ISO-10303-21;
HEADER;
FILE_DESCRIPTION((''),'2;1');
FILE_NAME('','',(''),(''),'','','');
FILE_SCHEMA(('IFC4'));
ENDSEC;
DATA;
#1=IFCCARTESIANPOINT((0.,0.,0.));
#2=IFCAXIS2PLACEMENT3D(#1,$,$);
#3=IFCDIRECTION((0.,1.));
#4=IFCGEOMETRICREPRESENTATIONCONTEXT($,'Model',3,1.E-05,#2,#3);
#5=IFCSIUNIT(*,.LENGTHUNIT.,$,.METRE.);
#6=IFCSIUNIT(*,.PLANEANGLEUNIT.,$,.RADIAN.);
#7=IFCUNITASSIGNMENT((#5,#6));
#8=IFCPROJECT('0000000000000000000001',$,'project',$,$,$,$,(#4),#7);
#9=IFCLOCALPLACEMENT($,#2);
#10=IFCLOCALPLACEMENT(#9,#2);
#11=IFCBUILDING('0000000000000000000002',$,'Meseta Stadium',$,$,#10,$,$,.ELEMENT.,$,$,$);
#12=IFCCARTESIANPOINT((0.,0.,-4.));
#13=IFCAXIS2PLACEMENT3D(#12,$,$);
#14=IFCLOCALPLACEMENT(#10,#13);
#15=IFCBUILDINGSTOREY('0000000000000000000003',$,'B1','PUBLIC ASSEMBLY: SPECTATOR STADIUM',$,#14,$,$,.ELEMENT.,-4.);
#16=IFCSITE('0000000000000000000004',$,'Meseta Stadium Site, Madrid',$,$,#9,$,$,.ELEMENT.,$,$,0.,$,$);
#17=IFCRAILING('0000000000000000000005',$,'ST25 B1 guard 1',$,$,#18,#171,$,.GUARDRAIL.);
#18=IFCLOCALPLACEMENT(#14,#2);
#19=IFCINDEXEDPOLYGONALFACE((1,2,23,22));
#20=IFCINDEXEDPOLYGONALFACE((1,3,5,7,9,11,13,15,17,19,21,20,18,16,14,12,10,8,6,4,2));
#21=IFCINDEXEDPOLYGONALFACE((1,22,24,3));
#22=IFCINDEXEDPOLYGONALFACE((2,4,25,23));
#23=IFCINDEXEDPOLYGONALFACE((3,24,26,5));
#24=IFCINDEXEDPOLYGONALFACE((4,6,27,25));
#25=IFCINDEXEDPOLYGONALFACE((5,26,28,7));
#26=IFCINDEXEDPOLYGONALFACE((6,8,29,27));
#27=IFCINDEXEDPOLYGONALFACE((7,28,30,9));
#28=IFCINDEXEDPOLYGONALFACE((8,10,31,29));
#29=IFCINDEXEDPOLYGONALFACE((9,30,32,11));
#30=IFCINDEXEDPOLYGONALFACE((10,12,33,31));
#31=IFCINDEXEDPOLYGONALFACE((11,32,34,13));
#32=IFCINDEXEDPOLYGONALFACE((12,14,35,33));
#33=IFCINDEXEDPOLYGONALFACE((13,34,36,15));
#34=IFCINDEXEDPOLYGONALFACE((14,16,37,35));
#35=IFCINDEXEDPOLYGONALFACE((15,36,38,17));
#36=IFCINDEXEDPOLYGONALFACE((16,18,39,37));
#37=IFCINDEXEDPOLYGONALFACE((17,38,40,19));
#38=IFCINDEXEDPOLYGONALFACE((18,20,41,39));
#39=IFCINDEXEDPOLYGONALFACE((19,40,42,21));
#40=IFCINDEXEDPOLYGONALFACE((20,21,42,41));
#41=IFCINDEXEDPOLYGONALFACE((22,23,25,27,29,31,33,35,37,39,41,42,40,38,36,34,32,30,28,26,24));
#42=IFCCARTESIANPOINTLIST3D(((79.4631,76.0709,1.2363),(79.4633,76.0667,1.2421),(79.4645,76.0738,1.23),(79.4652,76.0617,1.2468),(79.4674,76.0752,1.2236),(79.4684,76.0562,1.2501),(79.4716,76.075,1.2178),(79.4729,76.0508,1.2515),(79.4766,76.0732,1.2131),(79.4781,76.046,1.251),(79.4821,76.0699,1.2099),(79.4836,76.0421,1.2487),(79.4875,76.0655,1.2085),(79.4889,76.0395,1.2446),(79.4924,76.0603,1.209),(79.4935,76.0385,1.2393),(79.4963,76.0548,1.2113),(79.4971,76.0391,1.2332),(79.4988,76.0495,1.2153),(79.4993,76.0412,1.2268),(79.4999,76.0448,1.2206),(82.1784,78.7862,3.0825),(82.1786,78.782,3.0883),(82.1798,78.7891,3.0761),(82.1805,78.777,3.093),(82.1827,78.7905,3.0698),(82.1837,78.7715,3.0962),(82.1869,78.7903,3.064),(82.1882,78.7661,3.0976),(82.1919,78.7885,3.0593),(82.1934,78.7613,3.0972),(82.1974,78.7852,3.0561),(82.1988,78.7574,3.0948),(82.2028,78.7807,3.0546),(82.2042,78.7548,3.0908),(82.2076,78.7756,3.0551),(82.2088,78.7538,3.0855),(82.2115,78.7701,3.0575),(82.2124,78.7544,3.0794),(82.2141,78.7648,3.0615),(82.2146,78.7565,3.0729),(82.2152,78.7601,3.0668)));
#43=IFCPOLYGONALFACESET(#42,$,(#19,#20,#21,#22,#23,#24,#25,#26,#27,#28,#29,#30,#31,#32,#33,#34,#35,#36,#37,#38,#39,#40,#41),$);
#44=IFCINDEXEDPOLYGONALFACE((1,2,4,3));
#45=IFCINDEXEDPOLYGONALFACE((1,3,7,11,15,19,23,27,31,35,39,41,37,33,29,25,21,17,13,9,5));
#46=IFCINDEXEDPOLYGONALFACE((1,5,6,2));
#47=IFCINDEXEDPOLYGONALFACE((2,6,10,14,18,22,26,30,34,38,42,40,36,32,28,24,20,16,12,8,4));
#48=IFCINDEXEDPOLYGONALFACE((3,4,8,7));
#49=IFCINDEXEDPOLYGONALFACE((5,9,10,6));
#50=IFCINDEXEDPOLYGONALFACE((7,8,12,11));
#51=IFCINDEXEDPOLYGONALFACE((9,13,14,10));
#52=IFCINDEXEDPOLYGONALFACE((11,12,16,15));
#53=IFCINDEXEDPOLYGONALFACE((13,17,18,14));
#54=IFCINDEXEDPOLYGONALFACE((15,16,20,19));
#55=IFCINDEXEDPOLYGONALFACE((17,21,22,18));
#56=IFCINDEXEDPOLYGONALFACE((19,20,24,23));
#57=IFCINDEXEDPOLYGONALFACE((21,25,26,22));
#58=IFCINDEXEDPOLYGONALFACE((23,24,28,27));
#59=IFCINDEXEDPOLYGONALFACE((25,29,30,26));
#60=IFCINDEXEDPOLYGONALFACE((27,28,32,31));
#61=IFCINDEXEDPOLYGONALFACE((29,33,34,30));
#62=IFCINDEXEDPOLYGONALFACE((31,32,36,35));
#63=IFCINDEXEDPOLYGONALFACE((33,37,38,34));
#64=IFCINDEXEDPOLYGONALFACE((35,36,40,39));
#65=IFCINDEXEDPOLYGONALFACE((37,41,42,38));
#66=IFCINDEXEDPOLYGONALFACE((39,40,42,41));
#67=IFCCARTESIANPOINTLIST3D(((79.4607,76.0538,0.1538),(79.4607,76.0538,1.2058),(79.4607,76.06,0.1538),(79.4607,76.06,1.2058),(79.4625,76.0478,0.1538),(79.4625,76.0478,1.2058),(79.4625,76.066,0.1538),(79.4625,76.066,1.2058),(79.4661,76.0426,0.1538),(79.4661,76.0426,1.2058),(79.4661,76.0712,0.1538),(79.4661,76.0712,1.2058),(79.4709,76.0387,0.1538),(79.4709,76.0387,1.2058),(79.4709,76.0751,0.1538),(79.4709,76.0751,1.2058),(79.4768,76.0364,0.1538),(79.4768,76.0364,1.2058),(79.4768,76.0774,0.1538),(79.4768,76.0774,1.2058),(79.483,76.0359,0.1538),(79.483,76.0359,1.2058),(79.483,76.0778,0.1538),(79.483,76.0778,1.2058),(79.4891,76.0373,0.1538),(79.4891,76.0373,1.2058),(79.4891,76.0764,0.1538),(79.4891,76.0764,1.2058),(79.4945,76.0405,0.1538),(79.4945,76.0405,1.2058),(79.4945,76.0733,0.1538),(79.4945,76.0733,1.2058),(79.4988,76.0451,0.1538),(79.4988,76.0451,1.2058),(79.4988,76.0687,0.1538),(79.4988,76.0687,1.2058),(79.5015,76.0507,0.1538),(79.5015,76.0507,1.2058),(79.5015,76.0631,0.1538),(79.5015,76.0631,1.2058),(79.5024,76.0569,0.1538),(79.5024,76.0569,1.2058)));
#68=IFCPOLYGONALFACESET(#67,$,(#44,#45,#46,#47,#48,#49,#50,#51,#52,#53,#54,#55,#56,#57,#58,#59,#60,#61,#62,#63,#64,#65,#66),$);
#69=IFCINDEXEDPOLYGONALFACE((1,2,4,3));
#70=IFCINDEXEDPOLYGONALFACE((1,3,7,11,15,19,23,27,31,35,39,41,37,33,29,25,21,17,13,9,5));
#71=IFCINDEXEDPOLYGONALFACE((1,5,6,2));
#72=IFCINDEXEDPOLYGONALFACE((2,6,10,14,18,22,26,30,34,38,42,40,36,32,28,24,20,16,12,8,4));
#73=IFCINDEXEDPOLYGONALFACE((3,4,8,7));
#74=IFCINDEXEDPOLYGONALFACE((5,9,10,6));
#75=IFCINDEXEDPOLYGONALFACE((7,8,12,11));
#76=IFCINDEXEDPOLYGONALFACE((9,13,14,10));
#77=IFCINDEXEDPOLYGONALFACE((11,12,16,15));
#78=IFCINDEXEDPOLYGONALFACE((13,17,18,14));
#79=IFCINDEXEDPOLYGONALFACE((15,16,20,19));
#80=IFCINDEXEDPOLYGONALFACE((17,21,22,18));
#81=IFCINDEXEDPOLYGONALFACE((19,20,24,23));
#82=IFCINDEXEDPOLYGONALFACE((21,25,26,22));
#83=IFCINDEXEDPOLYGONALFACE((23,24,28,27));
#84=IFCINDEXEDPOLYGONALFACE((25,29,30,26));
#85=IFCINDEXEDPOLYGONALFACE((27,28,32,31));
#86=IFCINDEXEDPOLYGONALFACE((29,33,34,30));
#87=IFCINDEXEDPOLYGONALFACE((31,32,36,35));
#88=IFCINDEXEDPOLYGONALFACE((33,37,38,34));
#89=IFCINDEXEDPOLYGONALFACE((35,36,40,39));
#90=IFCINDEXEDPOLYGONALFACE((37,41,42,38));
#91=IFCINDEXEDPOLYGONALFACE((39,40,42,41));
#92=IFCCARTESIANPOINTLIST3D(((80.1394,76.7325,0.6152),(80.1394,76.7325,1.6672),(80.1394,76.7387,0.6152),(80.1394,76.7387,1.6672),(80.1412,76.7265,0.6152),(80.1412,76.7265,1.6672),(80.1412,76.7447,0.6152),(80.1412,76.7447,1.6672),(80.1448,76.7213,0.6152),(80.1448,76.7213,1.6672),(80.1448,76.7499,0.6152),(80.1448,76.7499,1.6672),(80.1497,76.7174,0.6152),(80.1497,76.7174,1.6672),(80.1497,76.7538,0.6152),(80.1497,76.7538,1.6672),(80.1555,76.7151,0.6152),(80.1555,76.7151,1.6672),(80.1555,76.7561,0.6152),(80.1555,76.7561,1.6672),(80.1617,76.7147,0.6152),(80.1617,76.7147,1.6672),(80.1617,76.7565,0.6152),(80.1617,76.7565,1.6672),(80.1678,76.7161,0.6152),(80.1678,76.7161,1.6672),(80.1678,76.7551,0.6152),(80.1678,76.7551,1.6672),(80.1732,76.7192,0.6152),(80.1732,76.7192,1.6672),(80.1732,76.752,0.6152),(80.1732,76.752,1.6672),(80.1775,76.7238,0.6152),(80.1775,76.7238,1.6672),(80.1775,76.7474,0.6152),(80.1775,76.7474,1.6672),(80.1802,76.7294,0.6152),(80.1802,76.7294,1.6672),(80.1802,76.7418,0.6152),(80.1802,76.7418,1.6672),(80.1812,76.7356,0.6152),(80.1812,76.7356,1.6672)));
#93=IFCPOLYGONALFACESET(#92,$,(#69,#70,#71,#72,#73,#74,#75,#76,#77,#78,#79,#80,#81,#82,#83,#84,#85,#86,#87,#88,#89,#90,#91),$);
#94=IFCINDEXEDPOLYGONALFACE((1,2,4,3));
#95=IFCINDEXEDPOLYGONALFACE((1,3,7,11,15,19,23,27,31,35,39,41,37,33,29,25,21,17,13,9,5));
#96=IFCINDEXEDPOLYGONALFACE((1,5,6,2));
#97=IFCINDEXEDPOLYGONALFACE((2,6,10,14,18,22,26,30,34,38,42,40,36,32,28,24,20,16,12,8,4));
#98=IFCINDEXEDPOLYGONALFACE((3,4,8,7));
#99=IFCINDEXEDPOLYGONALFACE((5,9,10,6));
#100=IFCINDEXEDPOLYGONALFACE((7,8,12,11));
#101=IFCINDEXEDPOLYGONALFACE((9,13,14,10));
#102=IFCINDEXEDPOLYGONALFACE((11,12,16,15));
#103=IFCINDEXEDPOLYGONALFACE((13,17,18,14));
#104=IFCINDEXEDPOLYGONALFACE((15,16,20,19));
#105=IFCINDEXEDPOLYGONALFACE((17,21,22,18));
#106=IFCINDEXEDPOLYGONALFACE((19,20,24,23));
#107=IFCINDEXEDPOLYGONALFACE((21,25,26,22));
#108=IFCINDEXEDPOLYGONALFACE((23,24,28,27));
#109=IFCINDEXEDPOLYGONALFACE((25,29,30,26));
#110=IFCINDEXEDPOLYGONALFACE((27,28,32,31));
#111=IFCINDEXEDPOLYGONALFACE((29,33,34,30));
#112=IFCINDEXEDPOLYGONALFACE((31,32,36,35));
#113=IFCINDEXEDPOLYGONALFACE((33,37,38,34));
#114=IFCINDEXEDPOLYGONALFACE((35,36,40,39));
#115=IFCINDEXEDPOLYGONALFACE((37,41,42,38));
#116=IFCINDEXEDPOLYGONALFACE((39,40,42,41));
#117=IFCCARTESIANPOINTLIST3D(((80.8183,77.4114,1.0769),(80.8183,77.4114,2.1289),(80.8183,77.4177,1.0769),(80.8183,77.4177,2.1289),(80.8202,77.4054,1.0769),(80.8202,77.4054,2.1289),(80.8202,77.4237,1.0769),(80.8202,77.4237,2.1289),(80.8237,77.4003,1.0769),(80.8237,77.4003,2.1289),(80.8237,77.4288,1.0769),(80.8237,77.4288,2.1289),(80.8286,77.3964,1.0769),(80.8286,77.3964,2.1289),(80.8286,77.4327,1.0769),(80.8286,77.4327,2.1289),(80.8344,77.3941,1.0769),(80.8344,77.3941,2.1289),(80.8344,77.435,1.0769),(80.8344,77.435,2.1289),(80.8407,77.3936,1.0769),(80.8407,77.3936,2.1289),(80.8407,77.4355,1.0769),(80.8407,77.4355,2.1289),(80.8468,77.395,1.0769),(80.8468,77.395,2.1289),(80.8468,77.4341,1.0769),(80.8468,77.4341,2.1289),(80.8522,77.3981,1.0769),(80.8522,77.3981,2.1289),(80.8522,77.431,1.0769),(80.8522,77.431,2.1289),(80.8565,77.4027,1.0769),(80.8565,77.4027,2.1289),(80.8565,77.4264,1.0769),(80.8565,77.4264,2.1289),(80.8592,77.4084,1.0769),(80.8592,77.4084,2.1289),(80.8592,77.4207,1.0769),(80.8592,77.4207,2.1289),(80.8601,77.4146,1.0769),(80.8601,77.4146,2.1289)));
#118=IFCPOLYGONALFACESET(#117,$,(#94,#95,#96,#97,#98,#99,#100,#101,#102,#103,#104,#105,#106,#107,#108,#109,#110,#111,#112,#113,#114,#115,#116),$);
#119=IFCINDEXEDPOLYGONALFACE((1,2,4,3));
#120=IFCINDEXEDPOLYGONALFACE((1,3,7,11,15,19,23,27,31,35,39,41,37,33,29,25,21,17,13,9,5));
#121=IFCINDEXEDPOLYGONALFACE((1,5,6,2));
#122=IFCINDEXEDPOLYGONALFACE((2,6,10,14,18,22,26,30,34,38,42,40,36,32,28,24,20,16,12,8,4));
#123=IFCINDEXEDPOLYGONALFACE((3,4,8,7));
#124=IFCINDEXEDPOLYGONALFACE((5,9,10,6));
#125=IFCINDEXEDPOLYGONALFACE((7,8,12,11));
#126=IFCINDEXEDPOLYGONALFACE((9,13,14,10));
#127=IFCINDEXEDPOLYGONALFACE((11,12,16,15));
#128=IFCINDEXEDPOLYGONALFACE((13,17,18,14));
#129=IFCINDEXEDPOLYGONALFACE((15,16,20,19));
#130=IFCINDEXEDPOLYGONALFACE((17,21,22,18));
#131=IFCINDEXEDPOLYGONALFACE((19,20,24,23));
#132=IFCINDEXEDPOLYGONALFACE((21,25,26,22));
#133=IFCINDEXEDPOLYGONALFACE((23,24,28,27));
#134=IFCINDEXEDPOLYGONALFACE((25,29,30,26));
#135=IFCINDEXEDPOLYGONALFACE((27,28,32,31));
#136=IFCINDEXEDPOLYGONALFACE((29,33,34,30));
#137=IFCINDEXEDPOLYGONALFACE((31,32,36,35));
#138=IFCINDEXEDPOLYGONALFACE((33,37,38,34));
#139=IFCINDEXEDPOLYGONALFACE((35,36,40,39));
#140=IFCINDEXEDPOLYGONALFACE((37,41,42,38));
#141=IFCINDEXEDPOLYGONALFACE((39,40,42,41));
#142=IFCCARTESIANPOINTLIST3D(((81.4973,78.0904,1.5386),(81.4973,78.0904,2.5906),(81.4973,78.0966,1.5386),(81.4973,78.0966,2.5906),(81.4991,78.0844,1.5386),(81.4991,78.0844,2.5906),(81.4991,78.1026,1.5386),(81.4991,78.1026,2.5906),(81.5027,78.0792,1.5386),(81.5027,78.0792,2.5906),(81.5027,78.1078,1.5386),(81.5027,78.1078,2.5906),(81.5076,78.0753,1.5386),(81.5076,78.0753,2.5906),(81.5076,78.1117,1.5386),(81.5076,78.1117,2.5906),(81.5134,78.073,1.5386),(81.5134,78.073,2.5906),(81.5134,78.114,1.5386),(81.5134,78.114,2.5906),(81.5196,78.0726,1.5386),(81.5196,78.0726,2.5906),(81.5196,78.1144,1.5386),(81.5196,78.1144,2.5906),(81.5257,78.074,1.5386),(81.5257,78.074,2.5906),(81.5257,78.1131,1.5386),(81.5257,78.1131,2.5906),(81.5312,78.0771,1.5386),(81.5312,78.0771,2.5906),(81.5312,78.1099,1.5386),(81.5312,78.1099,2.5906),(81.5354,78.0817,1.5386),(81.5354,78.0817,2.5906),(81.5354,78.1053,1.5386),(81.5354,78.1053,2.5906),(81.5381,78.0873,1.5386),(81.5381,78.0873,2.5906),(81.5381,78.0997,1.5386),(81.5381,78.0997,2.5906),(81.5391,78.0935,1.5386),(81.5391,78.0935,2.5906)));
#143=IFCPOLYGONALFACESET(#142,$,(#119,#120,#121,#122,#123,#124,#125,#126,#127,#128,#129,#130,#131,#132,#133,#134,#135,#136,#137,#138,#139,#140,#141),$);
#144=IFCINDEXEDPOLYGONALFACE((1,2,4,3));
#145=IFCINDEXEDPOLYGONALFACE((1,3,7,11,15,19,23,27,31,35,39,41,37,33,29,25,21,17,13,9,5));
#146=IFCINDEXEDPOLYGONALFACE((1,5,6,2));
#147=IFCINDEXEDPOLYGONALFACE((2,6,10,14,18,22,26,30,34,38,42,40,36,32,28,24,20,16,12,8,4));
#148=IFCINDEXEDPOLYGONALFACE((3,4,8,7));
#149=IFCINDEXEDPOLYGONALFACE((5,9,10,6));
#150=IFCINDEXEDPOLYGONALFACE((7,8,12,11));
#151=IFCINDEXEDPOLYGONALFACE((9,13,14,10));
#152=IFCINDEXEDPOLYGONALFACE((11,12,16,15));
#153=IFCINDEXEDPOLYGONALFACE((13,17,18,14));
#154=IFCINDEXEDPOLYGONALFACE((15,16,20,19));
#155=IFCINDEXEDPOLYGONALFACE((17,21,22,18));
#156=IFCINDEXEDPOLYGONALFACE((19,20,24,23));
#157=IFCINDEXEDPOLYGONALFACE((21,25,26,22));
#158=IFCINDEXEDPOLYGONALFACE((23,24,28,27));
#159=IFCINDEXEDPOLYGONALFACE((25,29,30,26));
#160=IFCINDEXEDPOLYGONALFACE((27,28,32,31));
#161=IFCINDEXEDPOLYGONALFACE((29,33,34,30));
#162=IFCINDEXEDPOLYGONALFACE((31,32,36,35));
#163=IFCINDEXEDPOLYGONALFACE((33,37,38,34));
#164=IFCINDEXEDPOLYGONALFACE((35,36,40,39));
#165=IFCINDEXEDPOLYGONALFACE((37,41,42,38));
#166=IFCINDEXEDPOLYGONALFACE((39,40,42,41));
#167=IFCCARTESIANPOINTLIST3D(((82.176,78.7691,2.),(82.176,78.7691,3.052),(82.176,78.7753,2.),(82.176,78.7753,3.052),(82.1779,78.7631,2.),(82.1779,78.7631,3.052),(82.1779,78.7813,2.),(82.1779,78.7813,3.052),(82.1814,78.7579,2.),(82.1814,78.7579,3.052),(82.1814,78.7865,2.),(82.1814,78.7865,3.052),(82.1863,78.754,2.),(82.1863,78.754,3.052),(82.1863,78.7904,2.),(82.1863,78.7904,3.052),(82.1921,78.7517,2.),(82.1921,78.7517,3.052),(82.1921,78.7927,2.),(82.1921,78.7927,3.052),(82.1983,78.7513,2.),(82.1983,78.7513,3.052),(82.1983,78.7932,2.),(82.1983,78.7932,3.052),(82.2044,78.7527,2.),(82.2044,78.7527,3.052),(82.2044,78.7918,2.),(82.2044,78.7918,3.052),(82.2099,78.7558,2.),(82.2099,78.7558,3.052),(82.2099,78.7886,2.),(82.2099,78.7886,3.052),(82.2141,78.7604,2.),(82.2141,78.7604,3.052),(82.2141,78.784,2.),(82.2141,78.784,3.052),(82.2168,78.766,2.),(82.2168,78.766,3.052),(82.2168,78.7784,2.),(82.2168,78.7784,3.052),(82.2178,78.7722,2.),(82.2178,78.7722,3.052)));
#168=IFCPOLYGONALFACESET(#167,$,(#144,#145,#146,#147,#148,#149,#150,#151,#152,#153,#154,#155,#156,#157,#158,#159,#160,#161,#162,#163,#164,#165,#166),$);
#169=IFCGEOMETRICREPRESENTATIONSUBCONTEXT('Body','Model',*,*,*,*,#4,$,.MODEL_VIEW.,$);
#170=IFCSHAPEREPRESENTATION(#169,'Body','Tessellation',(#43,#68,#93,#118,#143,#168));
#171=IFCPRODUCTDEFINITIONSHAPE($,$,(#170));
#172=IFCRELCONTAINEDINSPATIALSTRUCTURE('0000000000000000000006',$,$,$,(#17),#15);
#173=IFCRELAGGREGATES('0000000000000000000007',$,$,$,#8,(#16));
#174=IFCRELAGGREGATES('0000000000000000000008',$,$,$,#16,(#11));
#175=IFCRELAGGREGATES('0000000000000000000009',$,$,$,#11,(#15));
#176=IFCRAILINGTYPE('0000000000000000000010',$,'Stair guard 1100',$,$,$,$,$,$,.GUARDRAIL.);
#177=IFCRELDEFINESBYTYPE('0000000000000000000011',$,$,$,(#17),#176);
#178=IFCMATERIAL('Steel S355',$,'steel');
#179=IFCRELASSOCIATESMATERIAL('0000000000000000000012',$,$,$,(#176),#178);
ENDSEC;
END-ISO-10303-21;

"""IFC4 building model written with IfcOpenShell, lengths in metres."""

from ifc_helpers import new_model, si_unit, direction, frame, origin, origin_2d, place, context, subcontext, project, spatial, circle, extrude, material, type_object, element, save


model = new_model("IFC4")

# Units and contexts
model_context = context("Model", 3, precision=1e-05, world=origin(), true_north=direction((0.0, 1.0)))
body_context = subcontext(model_context, "Body", "Model", "MODEL_VIEW")
ifc_project = project(units=[si_unit("LENGTHUNIT", "METRE"), si_unit("PLANEANGLEUNIT", "RADIAN")], contexts=[model_context])

# Site, building, storey
site_placement = place(None, origin())
site = spatial("IfcSite", under=ifc_project, at=site_placement, Name="Meseta Stadium Site, Madrid", CompositionType="ELEMENT", RefElevation=0.0)
building_placement = place(site_placement, origin())
building = spatial("IfcBuilding", under=site, at=building_placement, Name="Meseta Stadium", CompositionType="ELEMENT")
storey_placement = place(building_placement, frame((0.0, 0.0, -4.0)))
storey = spatial("IfcBuildingStorey", under=building, at=storey_placement, Name="B1", Description="PUBLIC ASSEMBLY: SPECTATOR STADIUM", CompositionType="ELEMENT", Elevation=-4.0)

# Railing
ifc_material_1 = material(Name="Steel S355", Category="steel")
railing_type_1 = type_object("IfcRailingType", Name="Stair guard 1100", PredefinedType="GUARDRAIL", material=ifc_material_1)
railing_1_placement = place(storey_placement, frame((79.4814, 76.0569, 0.1538)))
element("IfcRailing", 1, at=railing_1_placement, inside=storey, type_object=railing_type_1, Name="ST25 B1 guard 1", PredefinedType="GUARDRAIL", context=body_context, shape_type="SweptSolid", body=[
    extrude(circle(Radius=0.0239, at=origin_2d()), frame((0.0, 0.0, 1.0762), z_axis=(0.637281, 0.637281, 0.433296), x_axis=(-0.707107, 0.707107, 0.0)), (0.0, 0.0, 1.0), 4.2607),
    extrude(circle(Radius=0.021, at=origin_2d()), origin(), (0.0, 0.0, 1.0), 1.052),
    extrude(circle(Radius=0.021, at=origin_2d()), frame((0.6787, 0.6787, 0.4614)), (0.0, 0.0, 1.0), 1.052),
    extrude(circle(Radius=0.021, at=origin_2d()), frame((1.3577, 1.3577, 0.9231)), (0.0, 0.0, 1.0), 1.052),
    extrude(circle(Radius=0.021, at=origin_2d()), frame((2.0366, 2.0366, 1.3848)), (0.0, 0.0, 1.0), 1.052),
    extrude(circle(Radius=0.021, at=origin_2d()), frame((2.7153, 2.7153, 1.8462)), (0.0, 0.0, 1.0), 1.052),
])

save(model, "model.ifc")
